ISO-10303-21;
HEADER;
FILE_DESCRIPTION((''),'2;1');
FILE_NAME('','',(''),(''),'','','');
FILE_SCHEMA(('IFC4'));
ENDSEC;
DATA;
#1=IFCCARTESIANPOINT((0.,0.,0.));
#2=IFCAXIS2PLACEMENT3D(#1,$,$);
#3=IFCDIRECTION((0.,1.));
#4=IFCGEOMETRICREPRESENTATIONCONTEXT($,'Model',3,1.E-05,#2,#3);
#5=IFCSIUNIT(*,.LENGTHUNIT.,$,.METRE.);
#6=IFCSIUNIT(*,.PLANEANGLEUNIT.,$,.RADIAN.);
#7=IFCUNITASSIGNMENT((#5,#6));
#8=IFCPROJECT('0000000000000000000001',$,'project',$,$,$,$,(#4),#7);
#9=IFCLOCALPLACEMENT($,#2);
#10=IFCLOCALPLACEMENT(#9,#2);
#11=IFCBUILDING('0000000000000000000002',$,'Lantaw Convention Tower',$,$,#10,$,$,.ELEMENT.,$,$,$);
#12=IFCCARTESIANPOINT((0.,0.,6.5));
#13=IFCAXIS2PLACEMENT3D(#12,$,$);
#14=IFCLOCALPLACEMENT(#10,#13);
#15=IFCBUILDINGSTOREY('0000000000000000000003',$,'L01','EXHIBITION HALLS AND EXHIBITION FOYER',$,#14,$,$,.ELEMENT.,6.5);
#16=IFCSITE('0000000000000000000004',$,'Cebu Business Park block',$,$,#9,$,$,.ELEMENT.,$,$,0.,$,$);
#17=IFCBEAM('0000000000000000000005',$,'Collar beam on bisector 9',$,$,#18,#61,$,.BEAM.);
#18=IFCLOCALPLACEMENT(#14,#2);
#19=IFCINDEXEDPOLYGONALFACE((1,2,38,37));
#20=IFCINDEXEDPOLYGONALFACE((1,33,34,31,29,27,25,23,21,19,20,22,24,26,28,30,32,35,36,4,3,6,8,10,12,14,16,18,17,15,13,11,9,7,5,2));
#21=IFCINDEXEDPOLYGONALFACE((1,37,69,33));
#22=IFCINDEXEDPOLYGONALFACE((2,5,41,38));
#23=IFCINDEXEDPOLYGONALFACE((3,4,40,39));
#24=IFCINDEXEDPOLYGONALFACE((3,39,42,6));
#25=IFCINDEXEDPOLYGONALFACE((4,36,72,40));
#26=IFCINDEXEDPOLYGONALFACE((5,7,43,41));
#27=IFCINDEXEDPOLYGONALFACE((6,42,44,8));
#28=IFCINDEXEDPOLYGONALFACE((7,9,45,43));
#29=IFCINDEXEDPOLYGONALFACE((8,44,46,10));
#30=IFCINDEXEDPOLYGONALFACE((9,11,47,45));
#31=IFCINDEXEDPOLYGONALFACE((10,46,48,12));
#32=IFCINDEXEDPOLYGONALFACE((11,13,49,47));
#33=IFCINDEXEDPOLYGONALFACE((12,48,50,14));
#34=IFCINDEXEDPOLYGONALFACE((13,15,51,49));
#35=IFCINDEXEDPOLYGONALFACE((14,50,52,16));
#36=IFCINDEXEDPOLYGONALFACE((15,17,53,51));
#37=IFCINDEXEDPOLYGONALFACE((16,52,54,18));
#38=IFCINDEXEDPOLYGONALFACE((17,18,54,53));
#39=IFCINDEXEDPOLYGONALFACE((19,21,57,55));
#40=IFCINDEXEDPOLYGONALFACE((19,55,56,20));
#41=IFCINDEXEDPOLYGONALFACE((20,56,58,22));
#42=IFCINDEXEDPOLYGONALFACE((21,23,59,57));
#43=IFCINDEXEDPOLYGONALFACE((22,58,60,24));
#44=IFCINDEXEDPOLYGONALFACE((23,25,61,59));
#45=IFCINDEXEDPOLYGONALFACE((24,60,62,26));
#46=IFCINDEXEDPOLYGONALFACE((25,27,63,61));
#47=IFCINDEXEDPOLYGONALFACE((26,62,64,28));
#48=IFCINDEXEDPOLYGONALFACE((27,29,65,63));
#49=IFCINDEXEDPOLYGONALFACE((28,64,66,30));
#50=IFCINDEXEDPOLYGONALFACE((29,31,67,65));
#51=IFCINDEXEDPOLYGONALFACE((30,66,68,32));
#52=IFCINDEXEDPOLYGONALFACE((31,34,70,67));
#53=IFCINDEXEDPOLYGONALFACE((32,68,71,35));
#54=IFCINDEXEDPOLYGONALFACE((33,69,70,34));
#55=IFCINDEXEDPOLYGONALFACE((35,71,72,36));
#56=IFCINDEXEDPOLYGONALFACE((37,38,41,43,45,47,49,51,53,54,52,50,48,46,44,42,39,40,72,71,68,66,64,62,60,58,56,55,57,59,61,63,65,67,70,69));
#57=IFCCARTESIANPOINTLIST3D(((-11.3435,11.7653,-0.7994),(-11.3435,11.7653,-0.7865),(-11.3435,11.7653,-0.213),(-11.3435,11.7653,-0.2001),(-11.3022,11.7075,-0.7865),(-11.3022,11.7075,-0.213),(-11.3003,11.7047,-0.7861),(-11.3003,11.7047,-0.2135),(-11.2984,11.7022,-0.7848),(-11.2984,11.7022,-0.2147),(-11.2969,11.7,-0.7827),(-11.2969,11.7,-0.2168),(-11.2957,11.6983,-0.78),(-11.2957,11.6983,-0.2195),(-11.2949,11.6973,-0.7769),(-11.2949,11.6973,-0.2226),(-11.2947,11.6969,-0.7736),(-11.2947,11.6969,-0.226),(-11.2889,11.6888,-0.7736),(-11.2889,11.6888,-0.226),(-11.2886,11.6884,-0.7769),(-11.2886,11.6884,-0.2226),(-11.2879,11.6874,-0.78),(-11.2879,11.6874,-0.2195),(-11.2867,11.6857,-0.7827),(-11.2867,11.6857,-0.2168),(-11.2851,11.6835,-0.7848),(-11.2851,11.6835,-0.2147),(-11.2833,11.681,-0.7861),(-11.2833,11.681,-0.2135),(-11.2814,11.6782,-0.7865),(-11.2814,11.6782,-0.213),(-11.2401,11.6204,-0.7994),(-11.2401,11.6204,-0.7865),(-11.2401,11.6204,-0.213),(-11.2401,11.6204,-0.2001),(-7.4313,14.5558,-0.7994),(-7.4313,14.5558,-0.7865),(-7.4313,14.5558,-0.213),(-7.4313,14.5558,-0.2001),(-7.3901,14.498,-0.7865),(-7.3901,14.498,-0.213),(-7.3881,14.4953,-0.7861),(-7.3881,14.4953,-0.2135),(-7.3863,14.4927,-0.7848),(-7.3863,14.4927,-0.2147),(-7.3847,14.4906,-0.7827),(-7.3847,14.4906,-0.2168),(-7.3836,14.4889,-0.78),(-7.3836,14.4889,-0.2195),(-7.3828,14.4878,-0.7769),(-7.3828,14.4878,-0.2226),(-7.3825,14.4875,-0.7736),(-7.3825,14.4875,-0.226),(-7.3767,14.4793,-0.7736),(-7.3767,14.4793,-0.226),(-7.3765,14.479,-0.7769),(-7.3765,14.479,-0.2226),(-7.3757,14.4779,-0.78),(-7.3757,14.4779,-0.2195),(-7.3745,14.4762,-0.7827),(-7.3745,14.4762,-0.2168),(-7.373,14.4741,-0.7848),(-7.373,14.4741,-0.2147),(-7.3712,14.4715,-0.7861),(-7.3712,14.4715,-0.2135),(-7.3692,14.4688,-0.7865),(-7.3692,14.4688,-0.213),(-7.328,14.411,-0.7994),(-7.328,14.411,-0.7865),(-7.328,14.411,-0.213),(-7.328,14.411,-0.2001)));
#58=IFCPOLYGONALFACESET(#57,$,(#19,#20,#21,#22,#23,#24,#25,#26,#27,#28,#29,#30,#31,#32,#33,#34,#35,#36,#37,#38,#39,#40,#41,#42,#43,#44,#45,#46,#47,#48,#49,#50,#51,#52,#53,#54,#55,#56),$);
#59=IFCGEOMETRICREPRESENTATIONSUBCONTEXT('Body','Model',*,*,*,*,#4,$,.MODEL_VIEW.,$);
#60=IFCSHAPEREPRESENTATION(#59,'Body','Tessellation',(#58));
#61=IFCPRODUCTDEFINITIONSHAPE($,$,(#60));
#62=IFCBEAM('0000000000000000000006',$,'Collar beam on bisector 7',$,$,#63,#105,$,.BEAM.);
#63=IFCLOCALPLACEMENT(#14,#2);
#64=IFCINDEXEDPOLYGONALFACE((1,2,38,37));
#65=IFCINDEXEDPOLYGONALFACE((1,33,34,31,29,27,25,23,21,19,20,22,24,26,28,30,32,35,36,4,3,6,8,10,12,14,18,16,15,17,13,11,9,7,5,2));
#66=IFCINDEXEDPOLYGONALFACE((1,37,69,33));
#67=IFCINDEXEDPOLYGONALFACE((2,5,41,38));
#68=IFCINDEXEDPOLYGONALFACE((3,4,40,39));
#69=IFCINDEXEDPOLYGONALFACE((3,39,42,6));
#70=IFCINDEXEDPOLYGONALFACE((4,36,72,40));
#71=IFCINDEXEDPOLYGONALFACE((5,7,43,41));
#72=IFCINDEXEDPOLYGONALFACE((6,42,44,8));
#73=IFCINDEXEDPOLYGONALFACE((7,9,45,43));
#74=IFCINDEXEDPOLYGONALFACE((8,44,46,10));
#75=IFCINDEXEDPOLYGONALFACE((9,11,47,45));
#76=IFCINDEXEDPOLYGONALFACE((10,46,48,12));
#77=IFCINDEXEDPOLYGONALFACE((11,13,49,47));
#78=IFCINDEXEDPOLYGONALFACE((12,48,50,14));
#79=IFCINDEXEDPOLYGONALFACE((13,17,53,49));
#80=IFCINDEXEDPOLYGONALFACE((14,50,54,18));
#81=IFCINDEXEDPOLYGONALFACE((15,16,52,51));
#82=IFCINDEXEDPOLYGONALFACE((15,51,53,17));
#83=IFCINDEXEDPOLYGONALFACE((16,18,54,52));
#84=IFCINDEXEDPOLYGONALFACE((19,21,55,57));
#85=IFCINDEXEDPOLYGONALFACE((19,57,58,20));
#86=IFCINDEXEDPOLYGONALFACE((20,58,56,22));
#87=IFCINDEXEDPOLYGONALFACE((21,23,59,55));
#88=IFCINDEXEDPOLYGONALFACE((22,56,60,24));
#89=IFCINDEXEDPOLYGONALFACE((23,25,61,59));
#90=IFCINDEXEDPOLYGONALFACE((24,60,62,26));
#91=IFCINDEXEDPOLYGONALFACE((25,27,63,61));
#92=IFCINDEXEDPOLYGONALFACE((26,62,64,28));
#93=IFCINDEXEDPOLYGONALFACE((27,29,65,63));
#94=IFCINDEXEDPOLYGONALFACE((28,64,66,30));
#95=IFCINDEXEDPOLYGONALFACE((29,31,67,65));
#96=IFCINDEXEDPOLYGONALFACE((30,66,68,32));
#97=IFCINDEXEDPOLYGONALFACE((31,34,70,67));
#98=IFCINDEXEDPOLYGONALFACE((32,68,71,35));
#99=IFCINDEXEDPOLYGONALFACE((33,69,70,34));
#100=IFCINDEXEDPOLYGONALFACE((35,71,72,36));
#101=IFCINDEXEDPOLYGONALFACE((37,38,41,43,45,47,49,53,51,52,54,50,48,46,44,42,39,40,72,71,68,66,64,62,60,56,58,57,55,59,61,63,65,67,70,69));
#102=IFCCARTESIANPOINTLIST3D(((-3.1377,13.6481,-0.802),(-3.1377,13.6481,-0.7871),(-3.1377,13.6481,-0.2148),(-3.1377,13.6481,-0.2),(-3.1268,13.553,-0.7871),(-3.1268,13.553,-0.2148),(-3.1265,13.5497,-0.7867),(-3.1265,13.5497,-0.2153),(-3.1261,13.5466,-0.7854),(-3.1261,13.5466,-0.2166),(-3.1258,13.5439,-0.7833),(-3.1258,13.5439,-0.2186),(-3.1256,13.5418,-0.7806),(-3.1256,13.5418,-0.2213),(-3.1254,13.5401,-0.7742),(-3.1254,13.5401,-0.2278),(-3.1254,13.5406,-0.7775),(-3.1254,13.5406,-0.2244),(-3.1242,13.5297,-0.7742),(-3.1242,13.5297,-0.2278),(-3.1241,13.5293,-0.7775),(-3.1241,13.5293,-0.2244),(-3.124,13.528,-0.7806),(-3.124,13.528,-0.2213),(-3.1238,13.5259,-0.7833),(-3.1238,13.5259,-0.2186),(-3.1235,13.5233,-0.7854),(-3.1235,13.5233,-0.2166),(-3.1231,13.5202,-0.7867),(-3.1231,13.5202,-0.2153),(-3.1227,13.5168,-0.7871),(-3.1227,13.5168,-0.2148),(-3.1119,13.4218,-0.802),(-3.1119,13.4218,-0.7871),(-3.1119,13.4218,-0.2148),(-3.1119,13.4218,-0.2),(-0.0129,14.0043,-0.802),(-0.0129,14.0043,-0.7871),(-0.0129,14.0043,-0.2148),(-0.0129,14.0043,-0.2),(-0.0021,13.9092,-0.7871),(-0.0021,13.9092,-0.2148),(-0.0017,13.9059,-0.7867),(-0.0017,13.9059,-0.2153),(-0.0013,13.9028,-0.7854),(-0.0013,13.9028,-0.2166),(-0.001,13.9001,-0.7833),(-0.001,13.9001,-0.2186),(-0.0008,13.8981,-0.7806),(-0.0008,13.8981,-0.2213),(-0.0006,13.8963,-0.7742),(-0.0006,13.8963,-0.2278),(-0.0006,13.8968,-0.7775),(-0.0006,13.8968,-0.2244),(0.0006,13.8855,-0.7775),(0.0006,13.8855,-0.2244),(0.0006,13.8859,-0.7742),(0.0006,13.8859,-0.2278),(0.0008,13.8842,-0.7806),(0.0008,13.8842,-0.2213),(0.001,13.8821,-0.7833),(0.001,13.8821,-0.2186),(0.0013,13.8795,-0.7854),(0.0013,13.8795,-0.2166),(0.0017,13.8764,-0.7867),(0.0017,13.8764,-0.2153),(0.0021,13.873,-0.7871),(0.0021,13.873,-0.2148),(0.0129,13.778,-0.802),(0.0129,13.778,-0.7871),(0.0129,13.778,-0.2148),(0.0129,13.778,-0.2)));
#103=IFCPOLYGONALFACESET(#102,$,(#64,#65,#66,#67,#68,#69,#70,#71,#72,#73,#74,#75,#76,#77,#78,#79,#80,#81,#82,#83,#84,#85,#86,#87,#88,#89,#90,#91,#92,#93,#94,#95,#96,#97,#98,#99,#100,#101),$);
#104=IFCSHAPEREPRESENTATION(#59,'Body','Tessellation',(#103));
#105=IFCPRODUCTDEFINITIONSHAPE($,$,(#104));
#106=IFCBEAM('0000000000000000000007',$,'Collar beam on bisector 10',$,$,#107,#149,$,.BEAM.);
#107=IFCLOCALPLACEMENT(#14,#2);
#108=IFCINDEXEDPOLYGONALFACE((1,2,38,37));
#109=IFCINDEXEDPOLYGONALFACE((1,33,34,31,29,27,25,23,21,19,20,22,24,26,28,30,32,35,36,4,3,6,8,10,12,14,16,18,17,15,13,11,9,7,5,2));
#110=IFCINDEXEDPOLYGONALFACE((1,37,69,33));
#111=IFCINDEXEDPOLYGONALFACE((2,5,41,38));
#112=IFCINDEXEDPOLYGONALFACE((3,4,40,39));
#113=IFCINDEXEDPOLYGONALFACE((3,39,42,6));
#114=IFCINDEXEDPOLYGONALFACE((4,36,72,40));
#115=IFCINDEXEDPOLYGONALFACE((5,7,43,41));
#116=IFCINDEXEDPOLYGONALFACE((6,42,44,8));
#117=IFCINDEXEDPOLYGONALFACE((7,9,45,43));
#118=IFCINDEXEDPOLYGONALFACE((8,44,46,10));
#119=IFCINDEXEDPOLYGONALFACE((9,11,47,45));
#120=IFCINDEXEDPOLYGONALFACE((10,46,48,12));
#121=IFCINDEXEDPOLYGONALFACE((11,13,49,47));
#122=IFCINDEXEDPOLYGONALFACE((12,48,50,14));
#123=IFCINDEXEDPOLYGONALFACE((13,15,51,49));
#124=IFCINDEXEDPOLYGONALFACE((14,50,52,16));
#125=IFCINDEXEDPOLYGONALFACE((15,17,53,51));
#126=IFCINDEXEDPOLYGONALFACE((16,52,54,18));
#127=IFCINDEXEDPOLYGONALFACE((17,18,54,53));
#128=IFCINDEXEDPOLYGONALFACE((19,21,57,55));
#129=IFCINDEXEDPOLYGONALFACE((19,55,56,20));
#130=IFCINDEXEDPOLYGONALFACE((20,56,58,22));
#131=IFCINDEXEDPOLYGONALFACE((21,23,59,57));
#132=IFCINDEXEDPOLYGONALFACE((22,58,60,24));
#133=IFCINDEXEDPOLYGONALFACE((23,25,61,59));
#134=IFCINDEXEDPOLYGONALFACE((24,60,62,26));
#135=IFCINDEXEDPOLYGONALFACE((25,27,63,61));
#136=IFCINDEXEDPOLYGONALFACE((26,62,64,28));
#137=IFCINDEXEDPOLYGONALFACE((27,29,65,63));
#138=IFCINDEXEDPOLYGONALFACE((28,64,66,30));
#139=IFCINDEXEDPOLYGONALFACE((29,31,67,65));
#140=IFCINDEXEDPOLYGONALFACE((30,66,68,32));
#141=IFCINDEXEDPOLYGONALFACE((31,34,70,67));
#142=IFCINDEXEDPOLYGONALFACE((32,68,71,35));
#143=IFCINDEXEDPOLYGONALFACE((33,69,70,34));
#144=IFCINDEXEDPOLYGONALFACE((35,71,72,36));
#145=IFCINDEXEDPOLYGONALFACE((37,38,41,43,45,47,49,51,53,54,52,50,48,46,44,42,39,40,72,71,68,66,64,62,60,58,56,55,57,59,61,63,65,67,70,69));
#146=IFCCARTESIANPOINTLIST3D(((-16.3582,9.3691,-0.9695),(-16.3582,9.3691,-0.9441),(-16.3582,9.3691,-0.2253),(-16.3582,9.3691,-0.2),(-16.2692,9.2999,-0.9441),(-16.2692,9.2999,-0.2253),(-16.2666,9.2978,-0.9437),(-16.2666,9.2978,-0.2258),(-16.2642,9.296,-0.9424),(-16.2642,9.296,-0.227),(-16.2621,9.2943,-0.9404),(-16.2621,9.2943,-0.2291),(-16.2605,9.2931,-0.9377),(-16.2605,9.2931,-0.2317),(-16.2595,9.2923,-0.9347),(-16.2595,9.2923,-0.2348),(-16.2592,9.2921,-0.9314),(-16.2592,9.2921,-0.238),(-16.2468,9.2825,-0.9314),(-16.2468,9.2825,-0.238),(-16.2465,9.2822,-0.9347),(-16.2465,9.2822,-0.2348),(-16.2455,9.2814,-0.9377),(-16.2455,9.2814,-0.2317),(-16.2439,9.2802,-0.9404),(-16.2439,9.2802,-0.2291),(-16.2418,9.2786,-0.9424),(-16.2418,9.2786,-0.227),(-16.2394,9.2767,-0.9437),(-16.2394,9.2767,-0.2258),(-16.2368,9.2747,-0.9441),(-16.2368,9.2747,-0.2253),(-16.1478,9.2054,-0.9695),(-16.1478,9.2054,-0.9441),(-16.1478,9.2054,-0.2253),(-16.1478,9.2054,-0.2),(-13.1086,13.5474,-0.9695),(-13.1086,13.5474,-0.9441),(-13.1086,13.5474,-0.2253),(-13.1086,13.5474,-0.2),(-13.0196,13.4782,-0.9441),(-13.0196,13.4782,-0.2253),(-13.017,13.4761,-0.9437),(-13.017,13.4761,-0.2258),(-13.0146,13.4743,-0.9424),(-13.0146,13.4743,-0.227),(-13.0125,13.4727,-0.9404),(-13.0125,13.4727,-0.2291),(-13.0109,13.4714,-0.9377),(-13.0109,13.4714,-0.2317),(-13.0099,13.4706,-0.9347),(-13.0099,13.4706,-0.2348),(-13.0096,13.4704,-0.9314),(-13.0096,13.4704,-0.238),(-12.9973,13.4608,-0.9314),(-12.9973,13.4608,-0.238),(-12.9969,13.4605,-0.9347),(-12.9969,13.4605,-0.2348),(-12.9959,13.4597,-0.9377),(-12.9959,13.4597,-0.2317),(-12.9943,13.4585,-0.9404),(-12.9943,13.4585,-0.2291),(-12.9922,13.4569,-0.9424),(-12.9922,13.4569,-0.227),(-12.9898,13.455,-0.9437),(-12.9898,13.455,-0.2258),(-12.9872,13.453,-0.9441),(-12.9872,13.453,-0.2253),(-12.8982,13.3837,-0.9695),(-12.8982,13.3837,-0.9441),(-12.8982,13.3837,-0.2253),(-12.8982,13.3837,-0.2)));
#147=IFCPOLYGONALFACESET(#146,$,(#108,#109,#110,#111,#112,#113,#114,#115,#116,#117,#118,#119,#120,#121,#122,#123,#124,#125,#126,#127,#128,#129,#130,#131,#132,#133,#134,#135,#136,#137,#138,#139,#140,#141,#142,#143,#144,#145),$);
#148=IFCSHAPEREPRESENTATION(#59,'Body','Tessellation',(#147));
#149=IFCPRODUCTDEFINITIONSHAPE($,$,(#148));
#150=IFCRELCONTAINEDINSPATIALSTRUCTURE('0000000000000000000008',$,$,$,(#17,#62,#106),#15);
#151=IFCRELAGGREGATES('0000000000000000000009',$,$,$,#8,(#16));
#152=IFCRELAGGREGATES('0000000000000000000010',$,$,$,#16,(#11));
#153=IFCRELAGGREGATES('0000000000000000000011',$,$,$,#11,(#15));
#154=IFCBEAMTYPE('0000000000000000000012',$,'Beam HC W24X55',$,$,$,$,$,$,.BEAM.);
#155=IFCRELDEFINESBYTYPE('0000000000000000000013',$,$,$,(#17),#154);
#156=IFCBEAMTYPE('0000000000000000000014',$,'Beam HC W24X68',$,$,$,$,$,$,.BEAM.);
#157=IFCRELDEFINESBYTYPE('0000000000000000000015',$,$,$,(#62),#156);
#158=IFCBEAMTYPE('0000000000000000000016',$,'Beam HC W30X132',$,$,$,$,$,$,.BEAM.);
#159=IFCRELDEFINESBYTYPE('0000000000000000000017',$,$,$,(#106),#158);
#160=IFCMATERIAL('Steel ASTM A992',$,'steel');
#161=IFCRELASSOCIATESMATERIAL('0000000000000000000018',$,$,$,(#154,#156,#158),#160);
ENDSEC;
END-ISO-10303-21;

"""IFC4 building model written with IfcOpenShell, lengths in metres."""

from ifc_helpers import new_model, si_unit, direction, frame, origin, origin_2d, place, context, subcontext, project, spatial, i_section, extrude, material, material_profile, profile_set, type_object, element, save


model = new_model("IFC4")

# Units and contexts
model_context = context("Model", 3, precision=1e-05, world=origin(), true_north=direction((0.0, 1.0)))
body_context = subcontext(model_context, "Body", "Model", "MODEL_VIEW")
ifc_project = project(units=[si_unit("LENGTHUNIT", "METRE"), si_unit("PLANEANGLEUNIT", "RADIAN")], contexts=[model_context])

# Site, building, storey
site_placement = place(None, origin())
site = spatial("IfcSite", under=ifc_project, at=site_placement, Name="Cebu Business Park block", CompositionType="ELEMENT", RefElevation=0.0)
building_placement = place(site_placement, origin())
building = spatial("IfcBuilding", under=site, at=building_placement, Name="Lantaw Convention Tower", CompositionType="ELEMENT")
storey_placement = place(building_placement, frame((0.0, 0.0, 6.5)))
storey = spatial("IfcBuildingStorey", under=building, at=storey_placement, Name="L01", Description="EXHIBITION HALLS AND EXHIBITION FOYER", CompositionType="ELEMENT", Elevation=6.5)

# Beams
ifc_material_1 = material(Name="Steel ASTM A992", Category="steel")
ifc_material_profile_1 = material_profile(ifc_material_1, i_section(OverallWidth=0.178, OverallDepth=0.5994, WebThickness=0.01, FlangeThickness=0.0129, FilletRadius=0.0129, at=origin_2d()), Name="W24X55")
ifc_profile_set_1 = profile_set([ifc_material_profile_1], Name="Steel ASTM A992")
beam_type_1 = type_object("IfcBeamType", Name="Beam HC W24X55", PredefinedType="BEAM", material=ifc_profile_set_1)
beam_1_placement = place(storey_placement, frame((-7.3796, 14.4834, -0.4998), z_axis=(-0.814111, -0.580709, 0.0), x_axis=(0.580709, -0.814111, 0.0)))
element("IfcBeam", 1, at=beam_1_placement, inside=storey, type_object=beam_type_1, Name="Collar beam on bisector 9", PredefinedType="BEAM", context=body_context, shape_type="SweptSolid", body=[
    extrude(i_section(OverallWidth=0.178, OverallDepth=0.5994, WebThickness=0.01, FlangeThickness=0.0129, FilletRadius=0.0129, at=origin_2d()), origin(), (0.0, 0.0, 1.0), 4.8054),
])
ifc_material_profile_2 = material_profile(ifc_material_1, i_section(OverallWidth=0.2278, OverallDepth=0.6021, WebThickness=0.0105, FlangeThickness=0.0149, FilletRadius=0.0129, at=origin_2d()), Name="W24X68")
ifc_profile_set_2 = profile_set([ifc_material_profile_2], Name="Steel ASTM A992")
beam_type_2 = type_object("IfcBeamType", Name="Beam HC W24X68", PredefinedType="BEAM", material=ifc_profile_set_2)
beam_2_placement = place(storey_placement, frame((0.0, 13.8911, -0.501), z_axis=(-0.993565, -0.11326, 0.0), x_axis=(0.11326, -0.993565, 0.0)))
element("IfcBeam", 2, at=beam_2_placement, inside=storey, type_object=beam_type_2, Name="Collar beam on bisector 7", PredefinedType="BEAM", context=body_context, shape_type="SweptSolid", body=[
    extrude(i_section(OverallWidth=0.2278, OverallDepth=0.6021, WebThickness=0.0105, FlangeThickness=0.0149, FilletRadius=0.0129, at=origin_2d()), origin(), (0.0, 0.0, 1.0), 3.145),
])
ifc_material_profile_3 = material_profile(ifc_material_1, i_section(OverallWidth=0.2666, OverallDepth=0.7695, WebThickness=0.0156, FlangeThickness=0.0254, FilletRadius=0.0127, at=origin_2d()), Name="W30X132")
ifc_profile_set_3 = profile_set([ifc_material_profile_3], Name="Steel ASTM A992")
beam_type_3 = type_object("IfcBeamType", Name="Beam HC W30X132", PredefinedType="BEAM", material=ifc_profile_set_3)
beam_3_placement = place(storey_placement, frame((-13.0034, 13.4656, -0.5847), z_axis=(-0.613915, -0.789372, 0.0), x_axis=(0.789372, -0.613915, 0.0)))
element("IfcBeam", 3, at=beam_3_placement, inside=storey, type_object=beam_type_3, Name="Collar beam on bisector 10", PredefinedType="BEAM", context=body_context, shape_type="SweptSolid", body=[
    extrude(i_section(OverallWidth=0.2666, OverallDepth=0.7695, WebThickness=0.0156, FlangeThickness=0.0254, FilletRadius=0.0127, at=origin_2d()), origin(), (0.0, 0.0, 1.0), 5.2932),
])

save(model, "model.ifc")
